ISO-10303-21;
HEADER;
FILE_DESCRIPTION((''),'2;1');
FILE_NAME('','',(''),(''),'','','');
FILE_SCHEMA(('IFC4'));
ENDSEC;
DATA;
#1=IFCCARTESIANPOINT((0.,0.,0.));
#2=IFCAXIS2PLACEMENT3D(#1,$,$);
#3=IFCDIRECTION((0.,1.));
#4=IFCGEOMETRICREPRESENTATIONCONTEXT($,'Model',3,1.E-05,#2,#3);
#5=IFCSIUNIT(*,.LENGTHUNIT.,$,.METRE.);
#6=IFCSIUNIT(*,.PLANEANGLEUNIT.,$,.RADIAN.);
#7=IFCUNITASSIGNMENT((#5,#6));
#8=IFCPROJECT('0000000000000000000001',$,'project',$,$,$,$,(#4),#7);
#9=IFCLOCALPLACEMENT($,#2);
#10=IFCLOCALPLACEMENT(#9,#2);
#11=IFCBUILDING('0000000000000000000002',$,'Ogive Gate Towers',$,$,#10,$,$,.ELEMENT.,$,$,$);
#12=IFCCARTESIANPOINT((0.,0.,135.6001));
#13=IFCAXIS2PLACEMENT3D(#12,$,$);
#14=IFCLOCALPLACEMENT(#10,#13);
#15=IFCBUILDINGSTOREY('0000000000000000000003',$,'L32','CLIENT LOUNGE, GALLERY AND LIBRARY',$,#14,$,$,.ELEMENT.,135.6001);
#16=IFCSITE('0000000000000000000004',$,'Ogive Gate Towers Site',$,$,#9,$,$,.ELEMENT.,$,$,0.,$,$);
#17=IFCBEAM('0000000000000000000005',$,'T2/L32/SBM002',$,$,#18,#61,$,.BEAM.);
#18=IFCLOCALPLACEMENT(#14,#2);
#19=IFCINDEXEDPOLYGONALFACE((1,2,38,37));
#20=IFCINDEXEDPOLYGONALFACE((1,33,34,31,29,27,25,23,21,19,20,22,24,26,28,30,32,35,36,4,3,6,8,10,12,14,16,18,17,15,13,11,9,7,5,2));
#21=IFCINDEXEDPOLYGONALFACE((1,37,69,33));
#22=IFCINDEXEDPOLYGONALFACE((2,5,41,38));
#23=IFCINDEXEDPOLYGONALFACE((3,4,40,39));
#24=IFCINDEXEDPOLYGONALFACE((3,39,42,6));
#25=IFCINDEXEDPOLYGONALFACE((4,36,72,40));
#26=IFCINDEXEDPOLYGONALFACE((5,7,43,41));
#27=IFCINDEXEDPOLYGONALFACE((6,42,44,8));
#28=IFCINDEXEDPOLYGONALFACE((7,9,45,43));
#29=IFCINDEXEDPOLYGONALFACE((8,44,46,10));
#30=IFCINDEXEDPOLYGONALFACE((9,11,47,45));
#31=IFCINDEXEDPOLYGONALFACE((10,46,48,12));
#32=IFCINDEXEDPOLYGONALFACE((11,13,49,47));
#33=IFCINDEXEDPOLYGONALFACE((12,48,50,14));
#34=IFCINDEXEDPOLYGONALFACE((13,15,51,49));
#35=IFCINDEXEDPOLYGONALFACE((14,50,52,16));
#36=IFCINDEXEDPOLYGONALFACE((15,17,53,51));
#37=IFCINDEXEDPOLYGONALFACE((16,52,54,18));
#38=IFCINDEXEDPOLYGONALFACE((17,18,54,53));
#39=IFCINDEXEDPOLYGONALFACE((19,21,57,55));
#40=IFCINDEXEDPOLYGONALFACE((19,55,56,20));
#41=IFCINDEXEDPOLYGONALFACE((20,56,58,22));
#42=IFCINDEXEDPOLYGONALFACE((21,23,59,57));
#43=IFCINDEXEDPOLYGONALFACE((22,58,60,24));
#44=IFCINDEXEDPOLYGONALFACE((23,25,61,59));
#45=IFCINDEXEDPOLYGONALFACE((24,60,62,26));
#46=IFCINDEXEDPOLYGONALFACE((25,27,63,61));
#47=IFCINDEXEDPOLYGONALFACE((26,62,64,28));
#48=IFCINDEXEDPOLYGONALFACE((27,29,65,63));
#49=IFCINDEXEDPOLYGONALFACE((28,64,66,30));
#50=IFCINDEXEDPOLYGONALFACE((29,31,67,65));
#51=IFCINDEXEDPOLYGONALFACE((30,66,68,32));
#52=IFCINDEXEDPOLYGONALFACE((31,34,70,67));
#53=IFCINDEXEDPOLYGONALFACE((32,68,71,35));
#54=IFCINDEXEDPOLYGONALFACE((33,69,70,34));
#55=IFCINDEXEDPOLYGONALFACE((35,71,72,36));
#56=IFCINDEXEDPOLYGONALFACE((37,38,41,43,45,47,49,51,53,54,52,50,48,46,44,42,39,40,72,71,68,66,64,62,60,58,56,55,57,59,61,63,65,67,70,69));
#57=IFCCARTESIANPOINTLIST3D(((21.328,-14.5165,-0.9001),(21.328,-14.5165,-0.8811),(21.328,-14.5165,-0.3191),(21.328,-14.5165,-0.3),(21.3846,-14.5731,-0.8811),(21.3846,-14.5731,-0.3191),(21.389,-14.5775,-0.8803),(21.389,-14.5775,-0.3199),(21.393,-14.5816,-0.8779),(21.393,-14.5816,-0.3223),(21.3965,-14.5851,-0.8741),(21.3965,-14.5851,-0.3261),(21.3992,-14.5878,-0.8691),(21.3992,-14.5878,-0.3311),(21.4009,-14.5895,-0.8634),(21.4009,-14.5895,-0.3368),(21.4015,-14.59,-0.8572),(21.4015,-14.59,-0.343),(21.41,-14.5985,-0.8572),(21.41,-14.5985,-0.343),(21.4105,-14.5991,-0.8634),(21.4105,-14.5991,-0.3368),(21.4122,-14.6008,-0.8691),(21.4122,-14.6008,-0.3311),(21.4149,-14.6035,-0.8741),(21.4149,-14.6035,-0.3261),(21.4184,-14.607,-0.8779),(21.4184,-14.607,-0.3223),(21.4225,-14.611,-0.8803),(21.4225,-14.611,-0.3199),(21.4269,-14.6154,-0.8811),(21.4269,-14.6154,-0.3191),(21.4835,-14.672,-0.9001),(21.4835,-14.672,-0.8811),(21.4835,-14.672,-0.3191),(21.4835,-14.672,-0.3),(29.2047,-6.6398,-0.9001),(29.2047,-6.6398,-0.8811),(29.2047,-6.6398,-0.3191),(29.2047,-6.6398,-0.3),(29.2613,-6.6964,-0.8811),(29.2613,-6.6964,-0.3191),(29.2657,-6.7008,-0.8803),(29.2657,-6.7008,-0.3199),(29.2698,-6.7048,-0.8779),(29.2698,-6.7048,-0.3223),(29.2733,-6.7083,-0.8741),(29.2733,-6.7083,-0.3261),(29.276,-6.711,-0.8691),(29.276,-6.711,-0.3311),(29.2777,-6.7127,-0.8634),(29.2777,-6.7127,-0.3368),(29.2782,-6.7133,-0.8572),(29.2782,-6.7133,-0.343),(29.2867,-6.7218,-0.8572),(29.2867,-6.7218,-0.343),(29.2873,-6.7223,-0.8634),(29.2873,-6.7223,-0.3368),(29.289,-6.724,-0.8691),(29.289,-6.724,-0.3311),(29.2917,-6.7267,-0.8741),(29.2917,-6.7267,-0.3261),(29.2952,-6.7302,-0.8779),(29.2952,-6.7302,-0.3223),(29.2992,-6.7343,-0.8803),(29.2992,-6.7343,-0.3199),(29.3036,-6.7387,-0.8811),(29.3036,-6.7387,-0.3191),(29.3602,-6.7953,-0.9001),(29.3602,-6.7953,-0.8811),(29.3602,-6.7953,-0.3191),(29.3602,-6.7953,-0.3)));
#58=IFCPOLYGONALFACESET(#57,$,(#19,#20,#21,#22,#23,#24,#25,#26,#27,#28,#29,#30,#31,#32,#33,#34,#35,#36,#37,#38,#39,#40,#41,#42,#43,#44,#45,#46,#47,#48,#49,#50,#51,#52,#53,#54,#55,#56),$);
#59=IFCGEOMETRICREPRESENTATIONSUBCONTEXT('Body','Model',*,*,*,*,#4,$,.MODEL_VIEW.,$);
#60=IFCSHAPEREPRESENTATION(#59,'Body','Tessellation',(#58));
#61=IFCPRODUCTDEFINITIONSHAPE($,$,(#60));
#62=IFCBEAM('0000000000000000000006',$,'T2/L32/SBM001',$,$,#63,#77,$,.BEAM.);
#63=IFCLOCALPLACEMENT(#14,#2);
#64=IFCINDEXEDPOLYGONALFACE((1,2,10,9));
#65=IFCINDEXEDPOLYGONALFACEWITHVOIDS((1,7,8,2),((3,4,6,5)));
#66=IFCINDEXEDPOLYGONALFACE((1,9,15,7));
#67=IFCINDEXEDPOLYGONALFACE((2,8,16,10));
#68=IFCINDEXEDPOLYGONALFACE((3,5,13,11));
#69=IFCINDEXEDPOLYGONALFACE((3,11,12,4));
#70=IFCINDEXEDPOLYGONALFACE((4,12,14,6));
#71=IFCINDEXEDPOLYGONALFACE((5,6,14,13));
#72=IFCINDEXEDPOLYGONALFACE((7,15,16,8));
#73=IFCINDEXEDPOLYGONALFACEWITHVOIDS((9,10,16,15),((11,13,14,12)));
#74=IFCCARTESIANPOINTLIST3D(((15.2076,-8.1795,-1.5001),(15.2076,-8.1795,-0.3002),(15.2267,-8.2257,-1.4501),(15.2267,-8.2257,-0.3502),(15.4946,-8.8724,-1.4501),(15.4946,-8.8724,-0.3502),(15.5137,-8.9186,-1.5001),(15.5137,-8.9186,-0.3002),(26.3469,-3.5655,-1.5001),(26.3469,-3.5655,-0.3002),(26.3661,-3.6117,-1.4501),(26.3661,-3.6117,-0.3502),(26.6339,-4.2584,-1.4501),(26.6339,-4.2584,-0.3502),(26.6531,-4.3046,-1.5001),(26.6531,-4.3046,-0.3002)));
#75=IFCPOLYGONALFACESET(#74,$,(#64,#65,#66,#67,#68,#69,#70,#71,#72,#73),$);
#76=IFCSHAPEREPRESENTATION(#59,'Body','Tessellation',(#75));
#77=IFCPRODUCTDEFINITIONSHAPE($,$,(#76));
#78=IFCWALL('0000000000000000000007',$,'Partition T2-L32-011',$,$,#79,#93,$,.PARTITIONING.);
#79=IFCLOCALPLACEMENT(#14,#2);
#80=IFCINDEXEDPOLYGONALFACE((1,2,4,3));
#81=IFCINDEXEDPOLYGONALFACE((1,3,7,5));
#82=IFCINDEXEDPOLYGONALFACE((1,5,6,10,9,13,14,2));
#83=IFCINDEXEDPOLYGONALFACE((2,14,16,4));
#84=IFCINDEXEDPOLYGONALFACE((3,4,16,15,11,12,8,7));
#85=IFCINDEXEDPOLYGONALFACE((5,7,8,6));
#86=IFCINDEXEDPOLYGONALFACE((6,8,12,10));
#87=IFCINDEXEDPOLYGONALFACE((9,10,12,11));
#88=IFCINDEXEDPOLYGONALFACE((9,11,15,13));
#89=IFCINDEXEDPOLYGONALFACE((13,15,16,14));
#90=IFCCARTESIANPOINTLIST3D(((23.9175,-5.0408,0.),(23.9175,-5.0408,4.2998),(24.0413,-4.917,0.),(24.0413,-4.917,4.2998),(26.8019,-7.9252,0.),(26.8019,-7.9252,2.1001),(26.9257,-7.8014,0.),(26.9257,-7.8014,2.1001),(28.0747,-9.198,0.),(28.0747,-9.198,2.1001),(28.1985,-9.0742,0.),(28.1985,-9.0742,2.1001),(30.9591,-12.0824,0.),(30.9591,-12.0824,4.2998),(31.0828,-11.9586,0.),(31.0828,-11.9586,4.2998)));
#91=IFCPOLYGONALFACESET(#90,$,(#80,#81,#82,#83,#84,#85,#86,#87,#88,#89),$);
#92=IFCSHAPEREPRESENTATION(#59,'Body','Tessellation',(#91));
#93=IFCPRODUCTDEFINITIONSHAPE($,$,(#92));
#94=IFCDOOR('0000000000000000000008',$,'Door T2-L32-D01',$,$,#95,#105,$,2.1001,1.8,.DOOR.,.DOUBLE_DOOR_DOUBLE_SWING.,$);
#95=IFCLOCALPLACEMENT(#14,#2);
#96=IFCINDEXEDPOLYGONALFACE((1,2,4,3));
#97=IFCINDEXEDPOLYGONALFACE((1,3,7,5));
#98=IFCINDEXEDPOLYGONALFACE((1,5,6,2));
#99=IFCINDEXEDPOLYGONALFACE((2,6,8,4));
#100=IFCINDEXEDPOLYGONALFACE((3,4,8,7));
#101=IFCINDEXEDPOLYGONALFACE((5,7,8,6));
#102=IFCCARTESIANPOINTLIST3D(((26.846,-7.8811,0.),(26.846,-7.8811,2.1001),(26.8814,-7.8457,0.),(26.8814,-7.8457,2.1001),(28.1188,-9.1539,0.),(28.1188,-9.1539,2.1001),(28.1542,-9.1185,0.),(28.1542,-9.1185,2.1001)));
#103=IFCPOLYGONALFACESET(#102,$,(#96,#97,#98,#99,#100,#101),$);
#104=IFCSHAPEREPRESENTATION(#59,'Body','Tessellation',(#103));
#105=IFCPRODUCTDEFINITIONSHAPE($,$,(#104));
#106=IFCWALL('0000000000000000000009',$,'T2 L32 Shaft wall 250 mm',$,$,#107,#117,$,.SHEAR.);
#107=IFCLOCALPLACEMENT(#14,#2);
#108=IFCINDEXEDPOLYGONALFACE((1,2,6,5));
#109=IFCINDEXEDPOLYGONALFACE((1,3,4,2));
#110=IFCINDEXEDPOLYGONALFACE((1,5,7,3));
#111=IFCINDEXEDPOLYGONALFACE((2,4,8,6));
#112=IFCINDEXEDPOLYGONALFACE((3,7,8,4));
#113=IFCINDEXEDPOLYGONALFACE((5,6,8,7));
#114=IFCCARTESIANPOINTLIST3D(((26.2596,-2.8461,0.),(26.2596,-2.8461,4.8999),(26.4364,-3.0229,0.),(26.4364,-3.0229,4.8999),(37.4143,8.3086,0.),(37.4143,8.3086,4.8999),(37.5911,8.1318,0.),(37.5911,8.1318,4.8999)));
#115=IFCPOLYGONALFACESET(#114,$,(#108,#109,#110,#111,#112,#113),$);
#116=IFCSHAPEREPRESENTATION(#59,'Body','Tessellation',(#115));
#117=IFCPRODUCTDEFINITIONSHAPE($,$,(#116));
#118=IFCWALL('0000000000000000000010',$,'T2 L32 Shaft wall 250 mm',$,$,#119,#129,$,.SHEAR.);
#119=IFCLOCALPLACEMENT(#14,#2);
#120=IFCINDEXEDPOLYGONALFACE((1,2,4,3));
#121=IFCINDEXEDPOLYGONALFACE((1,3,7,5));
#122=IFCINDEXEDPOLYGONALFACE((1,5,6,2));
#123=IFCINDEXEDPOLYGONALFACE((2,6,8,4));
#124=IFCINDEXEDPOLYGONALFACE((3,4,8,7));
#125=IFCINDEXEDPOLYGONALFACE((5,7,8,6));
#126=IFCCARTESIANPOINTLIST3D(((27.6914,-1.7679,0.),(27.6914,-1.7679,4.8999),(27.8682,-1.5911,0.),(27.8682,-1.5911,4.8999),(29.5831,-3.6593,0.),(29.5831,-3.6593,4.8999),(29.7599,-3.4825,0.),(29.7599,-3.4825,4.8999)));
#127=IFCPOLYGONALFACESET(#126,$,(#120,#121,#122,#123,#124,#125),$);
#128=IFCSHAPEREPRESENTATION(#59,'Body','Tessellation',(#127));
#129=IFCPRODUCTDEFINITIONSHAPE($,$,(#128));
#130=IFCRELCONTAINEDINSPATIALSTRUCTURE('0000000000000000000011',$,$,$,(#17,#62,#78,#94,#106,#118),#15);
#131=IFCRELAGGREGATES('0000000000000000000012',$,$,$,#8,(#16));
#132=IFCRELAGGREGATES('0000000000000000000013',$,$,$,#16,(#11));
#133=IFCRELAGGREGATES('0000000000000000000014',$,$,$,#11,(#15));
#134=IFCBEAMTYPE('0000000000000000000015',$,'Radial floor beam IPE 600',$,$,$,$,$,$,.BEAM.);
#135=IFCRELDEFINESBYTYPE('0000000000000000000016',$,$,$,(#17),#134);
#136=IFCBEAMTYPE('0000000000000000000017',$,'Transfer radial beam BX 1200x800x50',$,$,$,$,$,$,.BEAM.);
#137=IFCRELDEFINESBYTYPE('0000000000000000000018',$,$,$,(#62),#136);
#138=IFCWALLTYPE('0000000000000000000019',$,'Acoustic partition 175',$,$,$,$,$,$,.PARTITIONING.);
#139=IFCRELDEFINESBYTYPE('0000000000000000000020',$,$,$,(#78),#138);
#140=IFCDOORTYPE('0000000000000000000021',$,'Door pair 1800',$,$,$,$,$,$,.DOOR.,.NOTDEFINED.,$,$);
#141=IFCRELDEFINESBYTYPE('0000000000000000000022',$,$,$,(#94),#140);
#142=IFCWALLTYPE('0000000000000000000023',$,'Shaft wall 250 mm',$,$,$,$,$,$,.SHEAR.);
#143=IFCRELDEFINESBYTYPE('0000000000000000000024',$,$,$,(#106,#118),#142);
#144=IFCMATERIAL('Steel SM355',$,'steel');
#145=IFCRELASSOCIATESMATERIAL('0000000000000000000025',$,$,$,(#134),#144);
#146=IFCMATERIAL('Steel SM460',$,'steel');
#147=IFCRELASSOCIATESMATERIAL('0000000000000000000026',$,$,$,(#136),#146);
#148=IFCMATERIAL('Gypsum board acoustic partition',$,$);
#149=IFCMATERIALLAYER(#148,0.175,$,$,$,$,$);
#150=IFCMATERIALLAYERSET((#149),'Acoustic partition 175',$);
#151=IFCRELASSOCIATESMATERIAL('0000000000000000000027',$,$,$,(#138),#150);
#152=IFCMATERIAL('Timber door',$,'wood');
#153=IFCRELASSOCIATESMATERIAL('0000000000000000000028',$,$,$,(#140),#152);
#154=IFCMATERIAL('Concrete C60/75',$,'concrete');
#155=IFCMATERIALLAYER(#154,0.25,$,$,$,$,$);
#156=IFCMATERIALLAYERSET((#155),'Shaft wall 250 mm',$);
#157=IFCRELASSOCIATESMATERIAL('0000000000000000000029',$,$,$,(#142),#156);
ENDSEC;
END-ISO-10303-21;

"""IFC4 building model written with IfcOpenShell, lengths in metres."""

from ifc_helpers import new_model, si_unit, direction, frame, frame_2d, origin, origin_2d, place, context, subcontext, project, spatial, rectangle, hollow_rectangle, i_section, extrude, material, layer, layer_set, material_profile, profile_set, type_object, element, fill, save


model = new_model("IFC4")

# Units and contexts
model_context = context("Model", 3, precision=1e-05, world=origin(), true_north=direction((0.0, 1.0)))
body_context = subcontext(model_context, "Body", "Model", "MODEL_VIEW")
ifc_project = project(units=[si_unit("LENGTHUNIT", "METRE"), si_unit("PLANEANGLEUNIT", "RADIAN")], contexts=[model_context])

# Site, building, storey
site_placement = place(None, origin())
site = spatial("IfcSite", under=ifc_project, at=site_placement, Name="Ogive Gate Towers Site", CompositionType="ELEMENT", RefElevation=0.0)
building_placement = place(site_placement, origin())
building = spatial("IfcBuilding", under=site, at=building_placement, Name="Ogive Gate Towers", CompositionType="ELEMENT")
storey_placement = place(building_placement, frame((0.0, 0.0, 135.6001)))
storey = spatial("IfcBuildingStorey", under=building, at=storey_placement, Name="L32", Description="CLIENT LOUNGE, GALLERY AND LIBRARY", CompositionType="ELEMENT", Elevation=135.6001)

# Beams
ifc_material_1 = material(Name="Steel SM355", Category="steel")
ifc_material_profile_1 = material_profile(ifc_material_1, i_section(OverallWidth=0.22, OverallDepth=0.6001, WebThickness=0.012, FlangeThickness=0.019, FilletRadius=0.0239, at=origin_2d()), Name="IPE 600")
ifc_profile_set_1 = profile_set([ifc_material_profile_1], Name="Steel SM355")
beam_type_1 = type_object("IfcBeamType", Name="Radial floor beam IPE 600", PredefinedType="BEAM", material=ifc_profile_set_1)
beam_1_placement = place(storey_placement, frame((29.2825, -6.7175, -0.6001), z_axis=(-0.707107, -0.707107, 0.0), x_axis=(0.707107, -0.707107, 0.0)))
element("IfcBeam", 1, at=beam_1_placement, inside=storey, type_object=beam_type_1, Name="T2/L32/SBM002", PredefinedType="BEAM", context=body_context, shape_type="SweptSolid", body=[
    extrude(i_section(OverallWidth=0.22, OverallDepth=0.6001, WebThickness=0.012, FlangeThickness=0.019, FilletRadius=0.0239, at=origin_2d()), origin(), (0.0, 0.0, 1.0), 11.1394),
])
ifc_material_2 = material(Name="Steel SM460", Category="steel")
ifc_material_profile_2 = material_profile(ifc_material_2, hollow_rectangle(XDim=0.8, YDim=1.2, WallThickness=0.05, at=origin_2d()), Name="BX 1200x800x50")
ifc_profile_set_2 = profile_set([ifc_material_profile_2], Name="Steel SM460")
beam_type_2 = type_object("IfcBeamType", Name="Transfer radial beam BX 1200x800x50", PredefinedType="BEAM", material=ifc_profile_set_2)
beam_2_placement = place(storey_placement, frame((26.5, -3.9351, -0.9001), z_axis=(-0.923882, -0.382678, 0.0), x_axis=(0.382678, -0.923882, 0.0)))
element("IfcBeam", 2, at=beam_2_placement, inside=storey, type_object=beam_type_2, Name="T2/L32/SBM001", PredefinedType="BEAM", context=body_context, shape_type="SweptSolid", body=[
    extrude(hollow_rectangle(XDim=0.8, YDim=1.2, WallThickness=0.05, at=origin_2d()), origin(), (0.0, 0.0, 1.0), 12.0571),
])

# Wall, opening, door
ifc_material_3 = material(Name="Gypsum board acoustic partition")
ifc_layer_1 = layer(ifc_material_3, 0.175)
ifc_layer_set_1 = layer_set([ifc_layer_1], Name="Acoustic partition 175")
wall_type_1 = type_object("IfcWallType", Name="Acoustic partition 175", PredefinedType="PARTITIONING", material=ifc_layer_set_1)
wall_1_placement = place(storey_placement, frame((23.9795, -4.979, 0.0), z_axis=(0.0, 0.0, 1.0), x_axis=(0.707107, -0.707107, 0.0)))
wall_1 = element("IfcWall", 3, at=wall_1_placement, inside=storey, type_object=wall_type_1, Name="Partition T2-L32-011", PredefinedType="PARTITIONING", context=body_context, shape_type="SweptSolid", body=[
    extrude(rectangle(XDim=9.9583, YDim=0.175, at=frame_2d((4.979, 0.0))), origin(), (0.0, 0.0, 1.0), 4.2998),
])
opening_1_placement = place(wall_1_placement, frame((4.0791, 0.0, 0.0)))
opening_1 = element("IfcOpeningElement", 4, at=opening_1_placement, cuts=wall_1, PredefinedType="OPENING", context=body_context, shape_type="SweptSolid", body=[
    extrude(rectangle(XDim=1.8, YDim=2.1001, at=frame_2d((0.8999, 1.05))), frame((0.0, 0.0977, 0.0), z_axis=(0.0, -1.0, 0.0), x_axis=(1.0, 0.0, 0.0)), (0.0, 0.0, 1.0), 0.1951),
])
ifc_material_4 = material(Name="Timber door", Category="wood")
door_type_1 = type_object("IfcDoorType", Name="Door pair 1800", OperationType="NOTDEFINED", PredefinedType="DOOR", material=ifc_material_4)
door_1_placement = place(opening_1_placement, origin())
door_1 = element("IfcDoor", 5, at=door_1_placement, inside=storey, type_object=door_type_1, Name="Door T2-L32-D01", OperationType="DOUBLE_DOOR_DOUBLE_SWING", OverallHeight=2.1001, OverallWidth=1.8, PredefinedType="DOOR", context=body_context, shape_type="SweptSolid", body=[
    extrude(rectangle(XDim=1.8, YDim=2.1001, at=frame_2d((0.8999, 1.05))), frame((0.0, 0.0249, 0.0), z_axis=(0.0, -1.0, 0.0), x_axis=(1.0, 0.0, 0.0)), (0.0, 0.0, 1.0), 0.05),
])
fill(opening_1, door_1)

# Walls
ifc_material_5 = material(Name="Concrete C60/75", Category="concrete")
ifc_layer_2 = layer(ifc_material_5, 0.25)
ifc_layer_set_2 = layer_set([ifc_layer_2], Name="Shaft wall 250 mm")
wall_type_2 = type_object("IfcWallType", Name="Shaft wall 250 mm", PredefinedType="SHEAR", material=ifc_layer_set_2)
wall_2_placement = place(storey_placement, frame((26.3479, -2.9346, 0.0), z_axis=(0.0, 0.0, 1.0), x_axis=(0.707107, 0.707107, 0.0)))
element("IfcWall", 6, at=wall_2_placement, inside=storey, type_object=wall_type_2, Name="T2 L32 Shaft wall 250 mm", PredefinedType="SHEAR", context=body_context, shape_type="SweptSolid", body=[
    extrude(rectangle(XDim=15.7751, YDim=0.25, at=frame_2d((7.8877, 0.0))), origin(), (0.0, 0.0, 1.0), 4.8999),
])
wall_3_placement = place(storey_placement, frame((29.6714, -3.5708, 0.0), z_axis=(0.0, 0.0, 1.0), x_axis=(-0.707152, 0.707061, 0.0)))
element("IfcWall", 7, at=wall_3_placement, inside=storey, type_object=wall_type_2, Name="T2 L32 Shaft wall 250 mm", PredefinedType="SHEAR", context=body_context, shape_type="SweptSolid", body=[
    extrude(rectangle(XDim=2.675, YDim=0.25, at=frame_2d((1.3374, 0.0))), origin(), (0.0, 0.0, 1.0), 4.8999),
])

save(model, "model.ifc")
